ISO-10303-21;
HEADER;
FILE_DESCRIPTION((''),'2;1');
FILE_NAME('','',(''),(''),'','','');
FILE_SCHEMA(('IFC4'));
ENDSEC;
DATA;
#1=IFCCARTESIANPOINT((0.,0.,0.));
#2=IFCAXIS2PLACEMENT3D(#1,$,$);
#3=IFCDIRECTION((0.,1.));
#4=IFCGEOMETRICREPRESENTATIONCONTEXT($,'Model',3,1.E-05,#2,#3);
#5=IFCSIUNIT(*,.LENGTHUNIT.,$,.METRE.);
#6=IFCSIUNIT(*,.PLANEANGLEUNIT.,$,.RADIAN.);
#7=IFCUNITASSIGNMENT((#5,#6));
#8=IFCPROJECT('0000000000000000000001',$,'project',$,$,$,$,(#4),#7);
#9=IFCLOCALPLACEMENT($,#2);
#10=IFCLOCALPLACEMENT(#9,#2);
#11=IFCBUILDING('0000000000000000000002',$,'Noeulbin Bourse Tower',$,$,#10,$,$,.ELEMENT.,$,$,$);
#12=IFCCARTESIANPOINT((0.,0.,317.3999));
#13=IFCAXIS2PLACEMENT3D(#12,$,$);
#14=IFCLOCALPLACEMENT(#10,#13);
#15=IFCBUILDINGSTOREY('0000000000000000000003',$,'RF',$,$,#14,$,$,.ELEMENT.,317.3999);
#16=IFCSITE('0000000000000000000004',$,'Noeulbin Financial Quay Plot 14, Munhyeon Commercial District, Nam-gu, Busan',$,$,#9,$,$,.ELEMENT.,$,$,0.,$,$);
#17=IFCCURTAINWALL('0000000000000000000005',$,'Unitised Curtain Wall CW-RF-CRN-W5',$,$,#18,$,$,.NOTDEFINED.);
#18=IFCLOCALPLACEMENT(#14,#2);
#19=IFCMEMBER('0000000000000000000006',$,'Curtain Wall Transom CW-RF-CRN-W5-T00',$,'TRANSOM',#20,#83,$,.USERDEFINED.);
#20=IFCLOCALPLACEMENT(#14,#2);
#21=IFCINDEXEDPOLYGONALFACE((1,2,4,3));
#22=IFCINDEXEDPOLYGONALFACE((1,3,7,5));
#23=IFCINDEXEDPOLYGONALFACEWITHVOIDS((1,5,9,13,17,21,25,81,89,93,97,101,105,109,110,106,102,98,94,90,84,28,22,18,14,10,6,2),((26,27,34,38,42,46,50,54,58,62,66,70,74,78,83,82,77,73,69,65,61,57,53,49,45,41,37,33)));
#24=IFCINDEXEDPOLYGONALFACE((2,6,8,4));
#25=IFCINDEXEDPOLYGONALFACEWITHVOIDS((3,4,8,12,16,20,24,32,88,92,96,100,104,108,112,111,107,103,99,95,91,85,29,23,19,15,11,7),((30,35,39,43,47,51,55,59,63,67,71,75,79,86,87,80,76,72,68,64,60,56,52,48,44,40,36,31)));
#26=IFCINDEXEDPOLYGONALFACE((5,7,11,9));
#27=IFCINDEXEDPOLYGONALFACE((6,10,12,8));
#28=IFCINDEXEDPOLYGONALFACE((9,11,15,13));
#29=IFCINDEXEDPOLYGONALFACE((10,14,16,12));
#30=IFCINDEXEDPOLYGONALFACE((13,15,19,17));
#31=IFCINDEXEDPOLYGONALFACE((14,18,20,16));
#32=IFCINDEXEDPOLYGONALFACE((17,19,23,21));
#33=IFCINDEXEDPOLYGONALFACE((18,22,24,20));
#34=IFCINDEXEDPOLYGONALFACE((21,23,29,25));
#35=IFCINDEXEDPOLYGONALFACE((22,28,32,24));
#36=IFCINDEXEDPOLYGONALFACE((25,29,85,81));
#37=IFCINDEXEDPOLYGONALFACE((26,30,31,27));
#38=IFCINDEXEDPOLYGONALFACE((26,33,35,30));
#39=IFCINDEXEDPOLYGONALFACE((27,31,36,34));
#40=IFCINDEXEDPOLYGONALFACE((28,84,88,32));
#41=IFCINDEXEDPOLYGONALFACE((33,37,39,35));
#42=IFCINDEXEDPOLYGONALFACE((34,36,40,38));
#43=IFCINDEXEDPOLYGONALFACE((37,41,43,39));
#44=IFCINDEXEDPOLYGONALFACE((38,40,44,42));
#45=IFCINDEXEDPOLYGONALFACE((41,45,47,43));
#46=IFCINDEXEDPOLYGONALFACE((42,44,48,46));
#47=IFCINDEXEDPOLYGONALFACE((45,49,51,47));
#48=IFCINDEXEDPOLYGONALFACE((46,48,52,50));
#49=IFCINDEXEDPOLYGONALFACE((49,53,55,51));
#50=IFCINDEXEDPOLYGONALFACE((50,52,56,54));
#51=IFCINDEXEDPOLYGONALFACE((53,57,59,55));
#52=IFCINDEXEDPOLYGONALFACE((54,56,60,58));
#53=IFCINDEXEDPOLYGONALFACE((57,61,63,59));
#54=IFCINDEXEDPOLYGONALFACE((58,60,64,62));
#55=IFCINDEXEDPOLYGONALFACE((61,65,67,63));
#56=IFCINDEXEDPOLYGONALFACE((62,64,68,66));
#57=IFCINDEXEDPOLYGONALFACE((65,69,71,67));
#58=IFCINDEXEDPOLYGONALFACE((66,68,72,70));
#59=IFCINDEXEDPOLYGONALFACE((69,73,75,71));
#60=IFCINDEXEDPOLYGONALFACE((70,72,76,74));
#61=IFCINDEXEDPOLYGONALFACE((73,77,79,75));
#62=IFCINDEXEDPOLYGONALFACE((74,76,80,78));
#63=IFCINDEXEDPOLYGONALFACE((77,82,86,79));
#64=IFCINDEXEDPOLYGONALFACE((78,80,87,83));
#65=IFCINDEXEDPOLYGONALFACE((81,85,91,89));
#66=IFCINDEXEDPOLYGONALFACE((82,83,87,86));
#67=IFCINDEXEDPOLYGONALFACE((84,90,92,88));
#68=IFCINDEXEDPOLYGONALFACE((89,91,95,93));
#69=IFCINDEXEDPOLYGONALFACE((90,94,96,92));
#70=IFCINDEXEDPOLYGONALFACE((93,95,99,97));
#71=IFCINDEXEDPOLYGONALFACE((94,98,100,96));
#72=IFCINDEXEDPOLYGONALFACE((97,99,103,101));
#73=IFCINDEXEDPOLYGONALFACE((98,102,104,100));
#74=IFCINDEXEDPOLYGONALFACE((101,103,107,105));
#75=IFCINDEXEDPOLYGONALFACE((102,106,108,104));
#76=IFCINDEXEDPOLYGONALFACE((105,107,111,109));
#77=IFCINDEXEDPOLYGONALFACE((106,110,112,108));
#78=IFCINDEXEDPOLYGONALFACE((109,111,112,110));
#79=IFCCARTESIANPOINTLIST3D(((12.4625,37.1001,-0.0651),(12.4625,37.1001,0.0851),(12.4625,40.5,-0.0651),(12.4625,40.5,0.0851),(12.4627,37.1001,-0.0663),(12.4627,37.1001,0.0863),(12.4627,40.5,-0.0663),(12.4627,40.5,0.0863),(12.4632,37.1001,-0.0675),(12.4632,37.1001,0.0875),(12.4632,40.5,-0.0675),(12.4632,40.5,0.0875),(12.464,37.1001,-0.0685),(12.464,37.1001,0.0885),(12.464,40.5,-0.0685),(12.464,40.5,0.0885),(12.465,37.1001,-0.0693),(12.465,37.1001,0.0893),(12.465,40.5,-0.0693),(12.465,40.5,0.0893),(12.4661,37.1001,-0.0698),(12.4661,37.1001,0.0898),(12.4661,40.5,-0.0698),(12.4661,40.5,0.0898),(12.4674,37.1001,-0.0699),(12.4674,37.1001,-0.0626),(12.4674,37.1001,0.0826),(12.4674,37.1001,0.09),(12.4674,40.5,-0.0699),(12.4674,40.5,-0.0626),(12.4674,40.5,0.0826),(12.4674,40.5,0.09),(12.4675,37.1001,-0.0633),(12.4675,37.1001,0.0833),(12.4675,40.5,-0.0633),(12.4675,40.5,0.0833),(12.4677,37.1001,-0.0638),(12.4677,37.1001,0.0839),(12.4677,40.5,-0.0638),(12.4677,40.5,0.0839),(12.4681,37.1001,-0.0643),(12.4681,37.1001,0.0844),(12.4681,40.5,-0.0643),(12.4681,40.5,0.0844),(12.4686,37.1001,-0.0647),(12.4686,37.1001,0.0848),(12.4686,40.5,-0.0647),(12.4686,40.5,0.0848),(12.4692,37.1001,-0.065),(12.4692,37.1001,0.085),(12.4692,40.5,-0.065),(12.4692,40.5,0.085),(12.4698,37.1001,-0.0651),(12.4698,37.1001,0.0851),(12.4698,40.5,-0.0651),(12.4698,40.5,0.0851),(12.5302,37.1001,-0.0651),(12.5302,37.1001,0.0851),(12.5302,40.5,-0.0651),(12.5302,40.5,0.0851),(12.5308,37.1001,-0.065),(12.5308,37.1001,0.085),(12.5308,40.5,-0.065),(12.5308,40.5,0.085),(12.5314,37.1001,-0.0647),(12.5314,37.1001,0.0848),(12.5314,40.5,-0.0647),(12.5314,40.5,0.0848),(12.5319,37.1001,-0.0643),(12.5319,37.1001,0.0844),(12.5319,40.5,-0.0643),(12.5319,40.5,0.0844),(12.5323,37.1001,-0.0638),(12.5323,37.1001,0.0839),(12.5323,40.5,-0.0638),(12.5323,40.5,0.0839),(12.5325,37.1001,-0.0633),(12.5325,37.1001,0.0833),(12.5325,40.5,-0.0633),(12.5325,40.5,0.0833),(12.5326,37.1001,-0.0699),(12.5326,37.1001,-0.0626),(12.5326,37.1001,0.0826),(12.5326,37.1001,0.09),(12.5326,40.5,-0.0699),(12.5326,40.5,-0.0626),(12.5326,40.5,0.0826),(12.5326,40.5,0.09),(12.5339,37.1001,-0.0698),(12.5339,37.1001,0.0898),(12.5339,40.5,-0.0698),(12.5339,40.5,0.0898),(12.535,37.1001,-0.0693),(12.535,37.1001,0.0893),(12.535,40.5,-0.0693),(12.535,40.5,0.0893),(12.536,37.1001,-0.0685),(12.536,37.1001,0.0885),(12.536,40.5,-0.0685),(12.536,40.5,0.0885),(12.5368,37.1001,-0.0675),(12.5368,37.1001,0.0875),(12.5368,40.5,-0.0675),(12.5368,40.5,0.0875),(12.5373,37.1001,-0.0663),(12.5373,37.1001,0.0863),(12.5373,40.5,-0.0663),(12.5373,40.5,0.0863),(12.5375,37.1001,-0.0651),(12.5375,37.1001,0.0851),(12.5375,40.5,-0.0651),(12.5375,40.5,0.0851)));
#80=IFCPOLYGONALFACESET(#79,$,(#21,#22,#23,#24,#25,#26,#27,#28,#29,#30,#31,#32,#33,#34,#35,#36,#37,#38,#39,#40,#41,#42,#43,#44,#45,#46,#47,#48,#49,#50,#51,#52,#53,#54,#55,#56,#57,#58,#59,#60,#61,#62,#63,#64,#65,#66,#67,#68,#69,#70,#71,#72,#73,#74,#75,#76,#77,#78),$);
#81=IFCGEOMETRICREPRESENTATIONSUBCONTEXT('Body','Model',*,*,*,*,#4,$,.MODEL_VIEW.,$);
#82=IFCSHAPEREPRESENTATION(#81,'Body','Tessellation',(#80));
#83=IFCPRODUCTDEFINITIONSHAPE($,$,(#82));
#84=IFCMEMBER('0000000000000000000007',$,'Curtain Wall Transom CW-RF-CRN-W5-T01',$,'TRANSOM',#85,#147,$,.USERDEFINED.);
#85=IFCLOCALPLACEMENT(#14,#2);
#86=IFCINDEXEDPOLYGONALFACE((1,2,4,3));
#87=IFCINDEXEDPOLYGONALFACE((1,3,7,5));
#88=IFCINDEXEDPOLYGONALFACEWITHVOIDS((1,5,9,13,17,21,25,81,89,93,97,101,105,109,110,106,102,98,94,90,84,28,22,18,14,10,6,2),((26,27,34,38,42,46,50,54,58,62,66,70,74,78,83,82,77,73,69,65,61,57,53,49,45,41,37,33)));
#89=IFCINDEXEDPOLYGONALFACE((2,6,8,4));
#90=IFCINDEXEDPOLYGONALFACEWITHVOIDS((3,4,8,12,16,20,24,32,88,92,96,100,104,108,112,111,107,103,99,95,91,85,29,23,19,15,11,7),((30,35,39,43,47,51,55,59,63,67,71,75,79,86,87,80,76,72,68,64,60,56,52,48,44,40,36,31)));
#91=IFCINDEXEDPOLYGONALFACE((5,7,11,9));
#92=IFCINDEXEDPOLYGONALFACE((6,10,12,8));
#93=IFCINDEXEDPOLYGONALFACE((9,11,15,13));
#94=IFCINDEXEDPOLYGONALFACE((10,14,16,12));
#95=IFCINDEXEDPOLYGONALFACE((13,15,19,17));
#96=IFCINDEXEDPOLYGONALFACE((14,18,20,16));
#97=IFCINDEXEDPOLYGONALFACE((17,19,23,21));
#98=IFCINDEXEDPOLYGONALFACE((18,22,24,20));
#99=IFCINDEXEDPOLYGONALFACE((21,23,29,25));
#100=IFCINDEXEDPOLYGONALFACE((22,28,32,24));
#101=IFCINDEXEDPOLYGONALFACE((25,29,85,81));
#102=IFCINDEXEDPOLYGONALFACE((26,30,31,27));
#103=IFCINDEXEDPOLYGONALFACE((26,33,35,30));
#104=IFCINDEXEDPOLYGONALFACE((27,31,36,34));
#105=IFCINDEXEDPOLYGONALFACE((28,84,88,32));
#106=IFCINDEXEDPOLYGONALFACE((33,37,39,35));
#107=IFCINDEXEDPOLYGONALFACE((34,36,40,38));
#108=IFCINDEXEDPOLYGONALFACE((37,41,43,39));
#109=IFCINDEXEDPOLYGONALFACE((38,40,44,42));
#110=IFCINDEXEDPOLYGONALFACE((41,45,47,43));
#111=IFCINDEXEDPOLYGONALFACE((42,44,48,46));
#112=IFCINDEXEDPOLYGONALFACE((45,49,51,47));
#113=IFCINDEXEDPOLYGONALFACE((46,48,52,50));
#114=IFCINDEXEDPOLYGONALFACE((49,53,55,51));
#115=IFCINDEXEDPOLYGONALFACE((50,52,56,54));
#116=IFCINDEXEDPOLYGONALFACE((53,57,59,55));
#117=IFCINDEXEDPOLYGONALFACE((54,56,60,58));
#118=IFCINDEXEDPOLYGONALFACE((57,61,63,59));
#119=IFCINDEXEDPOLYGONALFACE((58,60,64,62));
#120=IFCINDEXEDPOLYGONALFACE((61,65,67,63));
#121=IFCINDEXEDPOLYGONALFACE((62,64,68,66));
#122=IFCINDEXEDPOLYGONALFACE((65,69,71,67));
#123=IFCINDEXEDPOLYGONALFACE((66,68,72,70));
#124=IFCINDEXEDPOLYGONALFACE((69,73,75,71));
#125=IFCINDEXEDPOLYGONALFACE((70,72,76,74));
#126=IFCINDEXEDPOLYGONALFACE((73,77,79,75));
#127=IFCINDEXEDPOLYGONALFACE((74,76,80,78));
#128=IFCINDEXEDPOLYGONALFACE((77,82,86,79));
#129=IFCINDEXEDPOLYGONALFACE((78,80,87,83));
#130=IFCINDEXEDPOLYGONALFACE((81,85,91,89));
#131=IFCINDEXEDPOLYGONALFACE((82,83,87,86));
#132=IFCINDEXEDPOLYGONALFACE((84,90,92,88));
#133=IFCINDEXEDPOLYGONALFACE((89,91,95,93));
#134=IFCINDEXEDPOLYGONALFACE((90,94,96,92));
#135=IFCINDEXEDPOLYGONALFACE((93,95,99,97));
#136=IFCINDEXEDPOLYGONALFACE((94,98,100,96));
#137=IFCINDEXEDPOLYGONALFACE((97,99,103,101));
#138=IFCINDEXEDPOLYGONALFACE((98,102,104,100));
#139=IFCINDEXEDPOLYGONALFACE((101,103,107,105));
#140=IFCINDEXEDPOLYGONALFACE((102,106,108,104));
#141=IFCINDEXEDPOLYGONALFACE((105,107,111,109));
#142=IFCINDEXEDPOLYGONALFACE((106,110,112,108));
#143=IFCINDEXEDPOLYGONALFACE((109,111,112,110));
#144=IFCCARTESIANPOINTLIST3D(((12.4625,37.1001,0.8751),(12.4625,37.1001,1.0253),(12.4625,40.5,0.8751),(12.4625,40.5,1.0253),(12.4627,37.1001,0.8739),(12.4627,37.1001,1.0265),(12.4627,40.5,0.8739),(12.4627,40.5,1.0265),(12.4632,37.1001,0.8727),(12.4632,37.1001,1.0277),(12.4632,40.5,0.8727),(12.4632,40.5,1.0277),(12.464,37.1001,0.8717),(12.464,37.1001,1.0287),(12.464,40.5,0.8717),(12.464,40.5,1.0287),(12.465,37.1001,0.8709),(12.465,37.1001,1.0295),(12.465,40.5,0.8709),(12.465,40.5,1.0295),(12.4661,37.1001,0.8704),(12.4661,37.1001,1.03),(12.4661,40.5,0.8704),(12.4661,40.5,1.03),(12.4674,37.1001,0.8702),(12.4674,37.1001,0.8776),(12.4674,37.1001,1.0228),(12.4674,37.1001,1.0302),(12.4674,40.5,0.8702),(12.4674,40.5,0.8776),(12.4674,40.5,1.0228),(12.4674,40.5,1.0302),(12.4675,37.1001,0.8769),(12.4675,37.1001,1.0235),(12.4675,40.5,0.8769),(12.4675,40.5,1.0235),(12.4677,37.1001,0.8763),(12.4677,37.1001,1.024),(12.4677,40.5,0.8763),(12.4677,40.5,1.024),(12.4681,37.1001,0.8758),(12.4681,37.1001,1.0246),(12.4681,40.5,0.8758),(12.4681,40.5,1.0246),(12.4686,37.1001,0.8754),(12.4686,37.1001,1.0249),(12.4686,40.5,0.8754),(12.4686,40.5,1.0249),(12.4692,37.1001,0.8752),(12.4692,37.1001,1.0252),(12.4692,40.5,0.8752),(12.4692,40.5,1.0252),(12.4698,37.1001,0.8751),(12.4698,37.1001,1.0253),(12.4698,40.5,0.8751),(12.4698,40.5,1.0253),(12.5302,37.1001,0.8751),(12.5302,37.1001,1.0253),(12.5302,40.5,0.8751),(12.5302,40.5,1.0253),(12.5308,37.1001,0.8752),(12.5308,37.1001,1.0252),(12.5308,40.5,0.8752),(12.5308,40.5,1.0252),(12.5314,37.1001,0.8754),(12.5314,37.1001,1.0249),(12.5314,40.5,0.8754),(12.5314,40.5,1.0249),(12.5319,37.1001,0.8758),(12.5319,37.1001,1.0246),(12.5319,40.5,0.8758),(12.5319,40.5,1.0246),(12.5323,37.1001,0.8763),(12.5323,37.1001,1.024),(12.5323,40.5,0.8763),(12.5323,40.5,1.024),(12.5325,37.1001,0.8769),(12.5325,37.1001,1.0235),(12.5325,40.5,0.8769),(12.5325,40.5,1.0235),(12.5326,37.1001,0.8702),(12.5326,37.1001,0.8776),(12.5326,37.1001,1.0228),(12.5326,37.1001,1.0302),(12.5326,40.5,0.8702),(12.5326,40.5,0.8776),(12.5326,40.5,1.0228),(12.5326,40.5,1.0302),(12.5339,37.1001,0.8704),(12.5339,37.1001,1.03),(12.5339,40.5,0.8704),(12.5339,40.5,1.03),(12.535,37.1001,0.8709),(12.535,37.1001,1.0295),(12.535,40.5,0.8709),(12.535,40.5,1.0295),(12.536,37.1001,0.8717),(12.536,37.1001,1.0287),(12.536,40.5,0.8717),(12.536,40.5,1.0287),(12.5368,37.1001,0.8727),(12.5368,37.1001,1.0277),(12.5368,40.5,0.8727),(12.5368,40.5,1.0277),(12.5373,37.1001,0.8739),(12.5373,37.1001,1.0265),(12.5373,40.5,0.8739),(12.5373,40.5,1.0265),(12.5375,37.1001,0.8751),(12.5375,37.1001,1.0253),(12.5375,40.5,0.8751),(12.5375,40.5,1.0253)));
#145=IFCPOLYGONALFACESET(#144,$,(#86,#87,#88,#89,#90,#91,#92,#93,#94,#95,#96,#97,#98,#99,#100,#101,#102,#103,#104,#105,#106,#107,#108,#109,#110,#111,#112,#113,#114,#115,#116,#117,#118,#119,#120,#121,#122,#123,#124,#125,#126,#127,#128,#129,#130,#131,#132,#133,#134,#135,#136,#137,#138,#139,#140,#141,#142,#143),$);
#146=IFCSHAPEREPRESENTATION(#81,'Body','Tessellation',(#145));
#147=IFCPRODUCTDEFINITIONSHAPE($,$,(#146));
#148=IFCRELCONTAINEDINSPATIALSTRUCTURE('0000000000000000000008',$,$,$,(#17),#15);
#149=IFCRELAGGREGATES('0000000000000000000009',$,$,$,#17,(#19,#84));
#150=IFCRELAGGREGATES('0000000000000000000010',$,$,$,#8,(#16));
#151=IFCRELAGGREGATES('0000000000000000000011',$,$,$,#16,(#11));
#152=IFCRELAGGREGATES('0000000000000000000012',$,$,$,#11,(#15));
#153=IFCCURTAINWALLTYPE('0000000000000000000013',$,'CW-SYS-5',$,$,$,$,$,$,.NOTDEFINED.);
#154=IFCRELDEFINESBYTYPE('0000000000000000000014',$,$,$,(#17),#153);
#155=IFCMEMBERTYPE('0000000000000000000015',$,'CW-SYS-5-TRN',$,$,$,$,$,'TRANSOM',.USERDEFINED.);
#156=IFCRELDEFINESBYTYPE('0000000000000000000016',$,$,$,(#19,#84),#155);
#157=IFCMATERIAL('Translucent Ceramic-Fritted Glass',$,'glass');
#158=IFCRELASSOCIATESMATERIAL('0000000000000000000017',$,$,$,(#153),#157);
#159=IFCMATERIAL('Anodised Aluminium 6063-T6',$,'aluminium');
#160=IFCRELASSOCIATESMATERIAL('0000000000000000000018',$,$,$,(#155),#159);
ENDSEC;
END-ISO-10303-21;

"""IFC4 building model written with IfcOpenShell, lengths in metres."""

from ifc_helpers import new_model, si_unit, direction, frame, origin, origin_2d, place, context, subcontext, project, spatial, hollow_rectangle, extrude, material, material_profile, profile_set, type_object, element, aggregate, save


model = new_model("IFC4")

# Units and contexts
model_context = context("Model", 3, precision=1e-05, world=origin(), true_north=direction((0.0, 1.0)))
body_context = subcontext(model_context, "Body", "Model", "MODEL_VIEW")
ifc_project = project(units=[si_unit("LENGTHUNIT", "METRE"), si_unit("PLANEANGLEUNIT", "RADIAN")], contexts=[model_context])

# Site, building, storey
site_placement = place(None, origin())
site = spatial("IfcSite", under=ifc_project, at=site_placement, Name="Noeulbin Financial Quay Plot 14, Munhyeon Commercial District, Nam-gu, Busan", CompositionType="ELEMENT", RefElevation=0.0)
building_placement = place(site_placement, origin())
building = spatial("IfcBuilding", under=site, at=building_placement, Name="Noeulbin Bourse Tower", CompositionType="ELEMENT")
storey_placement = place(building_placement, frame((0.0, 0.0, 317.3999)))
storey = spatial("IfcBuildingStorey", under=building, at=storey_placement, Name="RF", CompositionType="ELEMENT", Elevation=317.3999)

# Shared definitions
ifc_material_1 = material(Name="Translucent Ceramic-Fritted Glass", Category="glass")
curtain_wall_type = type_object("IfcCurtainWallType", Name="CW-SYS-5", PredefinedType="NOTDEFINED", material=ifc_material_1)
ifc_material_2 = material(Name="Anodised Aluminium 6063-T6", Category="aluminium")

# Curtain wall
curtain_wall_1_placement = place(storey_placement, origin())
curtain_wall_1 = element("IfcCurtainWall", 1, at=curtain_wall_1_placement, inside=storey, type_object=curtain_wall_type, Name="Unitised Curtain Wall CW-RF-CRN-W5", PredefinedType="NOTDEFINED")

# Members
ifc_material_profile_1 = material_profile(ifc_material_2, hollow_rectangle(XDim=0.075, YDim=0.1599, WallThickness=0.0049, InnerFilletRadius=0.0024, OuterFilletRadius=0.0049, at=origin_2d()), Name="ALU-TRAN-75x160x5", Category="LoadBearing")
ifc_profile_set_1 = profile_set([ifc_material_profile_1], Name="Anodised Aluminium 6063-T6")
member_type_1 = type_object("IfcMemberType", Name="CW-SYS-5-TRN", ElementType="TRANSOM", PredefinedType="USERDEFINED", material=ifc_profile_set_1)
member_1_placement = place(storey_placement, frame((12.5, 37.1001, 0.01), z_axis=(0.0, 1.0, 0.0), x_axis=(-1.0, 0.0, 0.0)))
member_1 = element("IfcMember", 2, at=member_1_placement, type_object=member_type_1, Name="Curtain Wall Transom CW-RF-CRN-W5-T00", ObjectType="TRANSOM", PredefinedType="USERDEFINED", context=body_context, shape_type="SweptSolid", body=[
    extrude(hollow_rectangle(XDim=0.075, YDim=0.1599, WallThickness=0.0049, InnerFilletRadius=0.0024, OuterFilletRadius=0.0049, at=origin_2d()), origin(), (0.0, 0.0, 1.0), 3.3999),
])
member_2_placement = place(storey_placement, frame((12.5, 37.1001, 0.9502), z_axis=(0.0, 1.0, 0.0), x_axis=(-1.0, 0.0, 0.0)))
member_2 = element("IfcMember", 3, at=member_2_placement, type_object=member_type_1, Name="Curtain Wall Transom CW-RF-CRN-W5-T01", ObjectType="TRANSOM", PredefinedType="USERDEFINED", context=body_context, shape_type="SweptSolid", body=[
    extrude(hollow_rectangle(XDim=0.075, YDim=0.1599, WallThickness=0.0049, InnerFilletRadius=0.0024, OuterFilletRadius=0.0049, at=origin_2d()), origin(), (0.0, 0.0, 1.0), 3.3999),
])

aggregate(curtain_wall_1, [member_1, member_2])

save(model, "model.ifc")
